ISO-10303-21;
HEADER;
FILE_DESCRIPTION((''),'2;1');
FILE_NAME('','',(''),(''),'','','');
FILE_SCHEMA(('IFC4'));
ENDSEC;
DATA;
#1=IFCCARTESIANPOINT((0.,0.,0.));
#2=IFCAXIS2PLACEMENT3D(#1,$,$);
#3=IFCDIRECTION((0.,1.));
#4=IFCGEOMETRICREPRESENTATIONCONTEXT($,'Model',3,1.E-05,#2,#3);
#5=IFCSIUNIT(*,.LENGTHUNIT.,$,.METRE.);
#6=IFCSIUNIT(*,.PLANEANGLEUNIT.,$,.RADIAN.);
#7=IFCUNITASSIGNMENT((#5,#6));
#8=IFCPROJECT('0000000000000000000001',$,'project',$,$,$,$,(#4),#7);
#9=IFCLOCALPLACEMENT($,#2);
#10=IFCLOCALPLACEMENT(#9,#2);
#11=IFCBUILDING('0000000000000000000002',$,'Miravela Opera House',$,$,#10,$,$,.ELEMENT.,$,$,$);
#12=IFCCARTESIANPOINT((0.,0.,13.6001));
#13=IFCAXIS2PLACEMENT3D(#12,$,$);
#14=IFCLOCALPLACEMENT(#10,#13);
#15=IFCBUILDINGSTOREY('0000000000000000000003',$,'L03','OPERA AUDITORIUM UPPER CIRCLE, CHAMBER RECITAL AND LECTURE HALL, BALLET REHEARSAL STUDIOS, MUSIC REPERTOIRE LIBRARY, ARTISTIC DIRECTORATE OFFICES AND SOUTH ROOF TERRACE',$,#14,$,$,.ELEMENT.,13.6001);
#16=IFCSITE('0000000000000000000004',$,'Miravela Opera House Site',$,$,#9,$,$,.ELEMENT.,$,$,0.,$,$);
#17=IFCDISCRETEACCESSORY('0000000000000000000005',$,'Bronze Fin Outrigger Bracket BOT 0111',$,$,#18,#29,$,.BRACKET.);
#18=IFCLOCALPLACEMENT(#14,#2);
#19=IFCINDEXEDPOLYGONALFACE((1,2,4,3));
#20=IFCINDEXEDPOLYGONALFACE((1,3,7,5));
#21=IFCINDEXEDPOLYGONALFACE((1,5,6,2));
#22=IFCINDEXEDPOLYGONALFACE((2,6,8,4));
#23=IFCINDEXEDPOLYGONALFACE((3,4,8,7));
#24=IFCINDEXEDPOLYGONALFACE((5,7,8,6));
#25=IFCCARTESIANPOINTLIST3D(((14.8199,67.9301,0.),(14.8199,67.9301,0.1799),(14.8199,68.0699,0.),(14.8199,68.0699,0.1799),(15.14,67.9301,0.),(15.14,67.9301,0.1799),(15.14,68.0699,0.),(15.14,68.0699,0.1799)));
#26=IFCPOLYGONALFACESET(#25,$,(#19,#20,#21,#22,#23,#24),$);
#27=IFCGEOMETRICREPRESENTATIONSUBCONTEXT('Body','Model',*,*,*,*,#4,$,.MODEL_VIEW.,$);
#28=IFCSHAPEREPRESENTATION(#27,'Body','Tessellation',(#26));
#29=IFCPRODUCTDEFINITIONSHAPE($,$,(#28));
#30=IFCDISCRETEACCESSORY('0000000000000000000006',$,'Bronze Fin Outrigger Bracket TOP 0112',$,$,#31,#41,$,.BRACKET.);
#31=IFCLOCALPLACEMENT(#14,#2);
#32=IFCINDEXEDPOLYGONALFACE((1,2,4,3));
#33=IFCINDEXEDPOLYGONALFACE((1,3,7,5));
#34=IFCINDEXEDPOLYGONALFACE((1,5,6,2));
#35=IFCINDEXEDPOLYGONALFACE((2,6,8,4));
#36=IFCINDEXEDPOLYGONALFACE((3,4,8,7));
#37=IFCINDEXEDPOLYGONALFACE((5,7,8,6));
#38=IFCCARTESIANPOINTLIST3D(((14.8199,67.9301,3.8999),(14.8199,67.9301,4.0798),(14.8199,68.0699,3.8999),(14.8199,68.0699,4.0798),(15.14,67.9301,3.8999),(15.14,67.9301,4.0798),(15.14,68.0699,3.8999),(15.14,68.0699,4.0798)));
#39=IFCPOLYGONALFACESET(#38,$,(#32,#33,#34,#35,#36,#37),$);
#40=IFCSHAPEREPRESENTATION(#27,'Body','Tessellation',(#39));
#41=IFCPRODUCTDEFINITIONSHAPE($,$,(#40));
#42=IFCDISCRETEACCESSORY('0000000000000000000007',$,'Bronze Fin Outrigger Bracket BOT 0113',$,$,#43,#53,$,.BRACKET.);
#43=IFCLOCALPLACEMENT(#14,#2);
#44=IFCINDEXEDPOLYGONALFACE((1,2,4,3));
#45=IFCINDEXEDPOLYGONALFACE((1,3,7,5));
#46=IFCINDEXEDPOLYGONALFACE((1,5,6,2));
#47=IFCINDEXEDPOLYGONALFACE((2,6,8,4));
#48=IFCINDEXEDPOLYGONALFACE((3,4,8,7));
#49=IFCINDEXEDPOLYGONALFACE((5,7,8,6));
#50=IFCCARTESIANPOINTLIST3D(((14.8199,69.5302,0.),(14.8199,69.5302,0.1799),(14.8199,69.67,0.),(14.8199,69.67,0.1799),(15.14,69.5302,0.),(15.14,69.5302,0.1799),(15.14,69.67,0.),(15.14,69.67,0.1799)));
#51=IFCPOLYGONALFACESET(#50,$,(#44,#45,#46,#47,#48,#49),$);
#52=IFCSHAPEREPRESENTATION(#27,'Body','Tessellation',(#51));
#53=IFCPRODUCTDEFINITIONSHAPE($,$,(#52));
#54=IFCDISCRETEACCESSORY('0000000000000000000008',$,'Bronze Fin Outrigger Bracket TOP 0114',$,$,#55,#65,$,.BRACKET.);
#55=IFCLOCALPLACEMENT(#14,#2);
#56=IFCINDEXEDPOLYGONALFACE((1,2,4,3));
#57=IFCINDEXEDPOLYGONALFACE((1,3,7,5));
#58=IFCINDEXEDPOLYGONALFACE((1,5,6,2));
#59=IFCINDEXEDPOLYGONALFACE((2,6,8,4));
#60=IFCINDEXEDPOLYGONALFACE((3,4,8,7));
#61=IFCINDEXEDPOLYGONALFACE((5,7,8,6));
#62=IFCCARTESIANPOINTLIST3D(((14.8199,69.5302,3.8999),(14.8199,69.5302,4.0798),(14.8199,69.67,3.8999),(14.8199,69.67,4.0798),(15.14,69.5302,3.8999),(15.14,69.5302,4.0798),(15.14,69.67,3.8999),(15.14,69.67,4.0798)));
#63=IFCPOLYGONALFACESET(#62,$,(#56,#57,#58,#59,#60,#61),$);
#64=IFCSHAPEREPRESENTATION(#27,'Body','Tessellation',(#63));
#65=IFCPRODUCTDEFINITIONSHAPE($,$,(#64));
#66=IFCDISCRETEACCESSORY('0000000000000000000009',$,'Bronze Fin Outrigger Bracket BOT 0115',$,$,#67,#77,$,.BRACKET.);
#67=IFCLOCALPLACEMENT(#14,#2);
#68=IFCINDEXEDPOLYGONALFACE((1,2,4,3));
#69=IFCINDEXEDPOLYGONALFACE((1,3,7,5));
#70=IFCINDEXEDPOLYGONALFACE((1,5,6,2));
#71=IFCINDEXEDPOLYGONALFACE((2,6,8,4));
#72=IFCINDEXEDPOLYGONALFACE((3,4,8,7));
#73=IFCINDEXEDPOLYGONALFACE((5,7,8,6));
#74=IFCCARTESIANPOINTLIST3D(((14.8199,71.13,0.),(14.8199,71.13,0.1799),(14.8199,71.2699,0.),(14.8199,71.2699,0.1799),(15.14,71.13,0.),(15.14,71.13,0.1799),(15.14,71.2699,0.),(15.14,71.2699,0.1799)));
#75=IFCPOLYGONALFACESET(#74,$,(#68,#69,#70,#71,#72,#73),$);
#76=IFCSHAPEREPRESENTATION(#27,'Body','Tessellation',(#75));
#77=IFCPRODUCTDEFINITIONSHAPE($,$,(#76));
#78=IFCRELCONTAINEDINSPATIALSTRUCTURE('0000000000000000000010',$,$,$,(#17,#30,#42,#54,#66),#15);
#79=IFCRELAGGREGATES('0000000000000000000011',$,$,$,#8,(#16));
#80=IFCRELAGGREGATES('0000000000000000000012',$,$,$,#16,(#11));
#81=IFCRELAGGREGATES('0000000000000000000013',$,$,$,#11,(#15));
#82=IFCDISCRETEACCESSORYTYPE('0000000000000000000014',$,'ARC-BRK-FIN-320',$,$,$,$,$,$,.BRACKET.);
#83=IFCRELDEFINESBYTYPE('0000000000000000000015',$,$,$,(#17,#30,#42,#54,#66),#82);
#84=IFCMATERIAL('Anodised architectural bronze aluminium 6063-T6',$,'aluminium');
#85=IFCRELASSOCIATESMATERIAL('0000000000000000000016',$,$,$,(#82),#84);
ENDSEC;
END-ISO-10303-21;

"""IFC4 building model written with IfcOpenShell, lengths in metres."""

from ifc_helpers import new_model, si_unit, direction, frame, origin, origin_2d, place, context, subcontext, project, spatial, rectangle, extrude, material, type_object, element, save


model = new_model("IFC4")

# Units and contexts
model_context = context("Model", 3, precision=1e-05, world=origin(), true_north=direction((0.0, 1.0)))
body_context = subcontext(model_context, "Body", "Model", "MODEL_VIEW")
ifc_project = project(units=[si_unit("LENGTHUNIT", "METRE"), si_unit("PLANEANGLEUNIT", "RADIAN")], contexts=[model_context])

# Site, building, storey
site_placement = place(None, origin())
site = spatial("IfcSite", under=ifc_project, at=site_placement, Name="Miravela Opera House Site", CompositionType="ELEMENT", RefElevation=0.0)
building_placement = place(site_placement, origin())
building = spatial("IfcBuilding", under=site, at=building_placement, Name="Miravela Opera House", CompositionType="ELEMENT")
storey_placement = place(building_placement, frame((0.0, 0.0, 13.6001)))
storey = spatial("IfcBuildingStorey", under=building, at=storey_placement, Name="L03", Description="OPERA AUDITORIUM UPPER CIRCLE, CHAMBER RECITAL AND LECTURE HALL, BALLET REHEARSAL STUDIOS, MUSIC REPERTOIRE LIBRARY, ARTISTIC DIRECTORATE OFFICES AND SOUTH ROOF TERRACE", CompositionType="ELEMENT", Elevation=13.6001)

# Shared definitions
ifc_material_1 = material(Name="Anodised architectural bronze aluminium 6063-T6", Category="aluminium")

# Discrete accessories
discrete_accessory_type = type_object("IfcDiscreteAccessoryType", Name="ARC-BRK-FIN-320", PredefinedType="BRACKET", material=ifc_material_1)
for number, where, z_axis, x_axis, name in (
    (1, (14.98, 68.0, 0.0), (0.0, 0.0, 1.0), (1.0, 0.0, 0.0), "Bronze Fin Outrigger Bracket BOT 0111"),
    (2, (14.98, 68.0, 3.8999), (0.0, 0.0, 1.0), (1.0, 0.0, 0.0), "Bronze Fin Outrigger Bracket TOP 0112"),
    (3, (14.98, 69.6001, 0.0), (0.0, 0.0, 1.0), (1.0, 0.0, 0.0), "Bronze Fin Outrigger Bracket BOT 0113"),
    (4, (14.98, 69.6001, 3.8999), (0.0, 0.0, 1.0), (1.0, 0.0, 0.0), "Bronze Fin Outrigger Bracket TOP 0114"),
    (5, (14.98, 71.2, 0.0), (0.0, 0.0, 1.0), (1.0, 0.0, 0.0), "Bronze Fin Outrigger Bracket BOT 0115"),
):
    element("IfcDiscreteAccessory", number, at=place(storey_placement, frame(where, z_axis=z_axis, x_axis=x_axis)), inside=storey, type_object=discrete_accessory_type, Name=name, PredefinedType="BRACKET", context=body_context, shape_type="SweptSolid", body=[
        extrude(rectangle(XDim=0.3201, YDim=0.1399, at=origin_2d()), origin(), (0.0, 0.0, 1.0), 0.1799),
    ])

save(model, "model.ifc")
